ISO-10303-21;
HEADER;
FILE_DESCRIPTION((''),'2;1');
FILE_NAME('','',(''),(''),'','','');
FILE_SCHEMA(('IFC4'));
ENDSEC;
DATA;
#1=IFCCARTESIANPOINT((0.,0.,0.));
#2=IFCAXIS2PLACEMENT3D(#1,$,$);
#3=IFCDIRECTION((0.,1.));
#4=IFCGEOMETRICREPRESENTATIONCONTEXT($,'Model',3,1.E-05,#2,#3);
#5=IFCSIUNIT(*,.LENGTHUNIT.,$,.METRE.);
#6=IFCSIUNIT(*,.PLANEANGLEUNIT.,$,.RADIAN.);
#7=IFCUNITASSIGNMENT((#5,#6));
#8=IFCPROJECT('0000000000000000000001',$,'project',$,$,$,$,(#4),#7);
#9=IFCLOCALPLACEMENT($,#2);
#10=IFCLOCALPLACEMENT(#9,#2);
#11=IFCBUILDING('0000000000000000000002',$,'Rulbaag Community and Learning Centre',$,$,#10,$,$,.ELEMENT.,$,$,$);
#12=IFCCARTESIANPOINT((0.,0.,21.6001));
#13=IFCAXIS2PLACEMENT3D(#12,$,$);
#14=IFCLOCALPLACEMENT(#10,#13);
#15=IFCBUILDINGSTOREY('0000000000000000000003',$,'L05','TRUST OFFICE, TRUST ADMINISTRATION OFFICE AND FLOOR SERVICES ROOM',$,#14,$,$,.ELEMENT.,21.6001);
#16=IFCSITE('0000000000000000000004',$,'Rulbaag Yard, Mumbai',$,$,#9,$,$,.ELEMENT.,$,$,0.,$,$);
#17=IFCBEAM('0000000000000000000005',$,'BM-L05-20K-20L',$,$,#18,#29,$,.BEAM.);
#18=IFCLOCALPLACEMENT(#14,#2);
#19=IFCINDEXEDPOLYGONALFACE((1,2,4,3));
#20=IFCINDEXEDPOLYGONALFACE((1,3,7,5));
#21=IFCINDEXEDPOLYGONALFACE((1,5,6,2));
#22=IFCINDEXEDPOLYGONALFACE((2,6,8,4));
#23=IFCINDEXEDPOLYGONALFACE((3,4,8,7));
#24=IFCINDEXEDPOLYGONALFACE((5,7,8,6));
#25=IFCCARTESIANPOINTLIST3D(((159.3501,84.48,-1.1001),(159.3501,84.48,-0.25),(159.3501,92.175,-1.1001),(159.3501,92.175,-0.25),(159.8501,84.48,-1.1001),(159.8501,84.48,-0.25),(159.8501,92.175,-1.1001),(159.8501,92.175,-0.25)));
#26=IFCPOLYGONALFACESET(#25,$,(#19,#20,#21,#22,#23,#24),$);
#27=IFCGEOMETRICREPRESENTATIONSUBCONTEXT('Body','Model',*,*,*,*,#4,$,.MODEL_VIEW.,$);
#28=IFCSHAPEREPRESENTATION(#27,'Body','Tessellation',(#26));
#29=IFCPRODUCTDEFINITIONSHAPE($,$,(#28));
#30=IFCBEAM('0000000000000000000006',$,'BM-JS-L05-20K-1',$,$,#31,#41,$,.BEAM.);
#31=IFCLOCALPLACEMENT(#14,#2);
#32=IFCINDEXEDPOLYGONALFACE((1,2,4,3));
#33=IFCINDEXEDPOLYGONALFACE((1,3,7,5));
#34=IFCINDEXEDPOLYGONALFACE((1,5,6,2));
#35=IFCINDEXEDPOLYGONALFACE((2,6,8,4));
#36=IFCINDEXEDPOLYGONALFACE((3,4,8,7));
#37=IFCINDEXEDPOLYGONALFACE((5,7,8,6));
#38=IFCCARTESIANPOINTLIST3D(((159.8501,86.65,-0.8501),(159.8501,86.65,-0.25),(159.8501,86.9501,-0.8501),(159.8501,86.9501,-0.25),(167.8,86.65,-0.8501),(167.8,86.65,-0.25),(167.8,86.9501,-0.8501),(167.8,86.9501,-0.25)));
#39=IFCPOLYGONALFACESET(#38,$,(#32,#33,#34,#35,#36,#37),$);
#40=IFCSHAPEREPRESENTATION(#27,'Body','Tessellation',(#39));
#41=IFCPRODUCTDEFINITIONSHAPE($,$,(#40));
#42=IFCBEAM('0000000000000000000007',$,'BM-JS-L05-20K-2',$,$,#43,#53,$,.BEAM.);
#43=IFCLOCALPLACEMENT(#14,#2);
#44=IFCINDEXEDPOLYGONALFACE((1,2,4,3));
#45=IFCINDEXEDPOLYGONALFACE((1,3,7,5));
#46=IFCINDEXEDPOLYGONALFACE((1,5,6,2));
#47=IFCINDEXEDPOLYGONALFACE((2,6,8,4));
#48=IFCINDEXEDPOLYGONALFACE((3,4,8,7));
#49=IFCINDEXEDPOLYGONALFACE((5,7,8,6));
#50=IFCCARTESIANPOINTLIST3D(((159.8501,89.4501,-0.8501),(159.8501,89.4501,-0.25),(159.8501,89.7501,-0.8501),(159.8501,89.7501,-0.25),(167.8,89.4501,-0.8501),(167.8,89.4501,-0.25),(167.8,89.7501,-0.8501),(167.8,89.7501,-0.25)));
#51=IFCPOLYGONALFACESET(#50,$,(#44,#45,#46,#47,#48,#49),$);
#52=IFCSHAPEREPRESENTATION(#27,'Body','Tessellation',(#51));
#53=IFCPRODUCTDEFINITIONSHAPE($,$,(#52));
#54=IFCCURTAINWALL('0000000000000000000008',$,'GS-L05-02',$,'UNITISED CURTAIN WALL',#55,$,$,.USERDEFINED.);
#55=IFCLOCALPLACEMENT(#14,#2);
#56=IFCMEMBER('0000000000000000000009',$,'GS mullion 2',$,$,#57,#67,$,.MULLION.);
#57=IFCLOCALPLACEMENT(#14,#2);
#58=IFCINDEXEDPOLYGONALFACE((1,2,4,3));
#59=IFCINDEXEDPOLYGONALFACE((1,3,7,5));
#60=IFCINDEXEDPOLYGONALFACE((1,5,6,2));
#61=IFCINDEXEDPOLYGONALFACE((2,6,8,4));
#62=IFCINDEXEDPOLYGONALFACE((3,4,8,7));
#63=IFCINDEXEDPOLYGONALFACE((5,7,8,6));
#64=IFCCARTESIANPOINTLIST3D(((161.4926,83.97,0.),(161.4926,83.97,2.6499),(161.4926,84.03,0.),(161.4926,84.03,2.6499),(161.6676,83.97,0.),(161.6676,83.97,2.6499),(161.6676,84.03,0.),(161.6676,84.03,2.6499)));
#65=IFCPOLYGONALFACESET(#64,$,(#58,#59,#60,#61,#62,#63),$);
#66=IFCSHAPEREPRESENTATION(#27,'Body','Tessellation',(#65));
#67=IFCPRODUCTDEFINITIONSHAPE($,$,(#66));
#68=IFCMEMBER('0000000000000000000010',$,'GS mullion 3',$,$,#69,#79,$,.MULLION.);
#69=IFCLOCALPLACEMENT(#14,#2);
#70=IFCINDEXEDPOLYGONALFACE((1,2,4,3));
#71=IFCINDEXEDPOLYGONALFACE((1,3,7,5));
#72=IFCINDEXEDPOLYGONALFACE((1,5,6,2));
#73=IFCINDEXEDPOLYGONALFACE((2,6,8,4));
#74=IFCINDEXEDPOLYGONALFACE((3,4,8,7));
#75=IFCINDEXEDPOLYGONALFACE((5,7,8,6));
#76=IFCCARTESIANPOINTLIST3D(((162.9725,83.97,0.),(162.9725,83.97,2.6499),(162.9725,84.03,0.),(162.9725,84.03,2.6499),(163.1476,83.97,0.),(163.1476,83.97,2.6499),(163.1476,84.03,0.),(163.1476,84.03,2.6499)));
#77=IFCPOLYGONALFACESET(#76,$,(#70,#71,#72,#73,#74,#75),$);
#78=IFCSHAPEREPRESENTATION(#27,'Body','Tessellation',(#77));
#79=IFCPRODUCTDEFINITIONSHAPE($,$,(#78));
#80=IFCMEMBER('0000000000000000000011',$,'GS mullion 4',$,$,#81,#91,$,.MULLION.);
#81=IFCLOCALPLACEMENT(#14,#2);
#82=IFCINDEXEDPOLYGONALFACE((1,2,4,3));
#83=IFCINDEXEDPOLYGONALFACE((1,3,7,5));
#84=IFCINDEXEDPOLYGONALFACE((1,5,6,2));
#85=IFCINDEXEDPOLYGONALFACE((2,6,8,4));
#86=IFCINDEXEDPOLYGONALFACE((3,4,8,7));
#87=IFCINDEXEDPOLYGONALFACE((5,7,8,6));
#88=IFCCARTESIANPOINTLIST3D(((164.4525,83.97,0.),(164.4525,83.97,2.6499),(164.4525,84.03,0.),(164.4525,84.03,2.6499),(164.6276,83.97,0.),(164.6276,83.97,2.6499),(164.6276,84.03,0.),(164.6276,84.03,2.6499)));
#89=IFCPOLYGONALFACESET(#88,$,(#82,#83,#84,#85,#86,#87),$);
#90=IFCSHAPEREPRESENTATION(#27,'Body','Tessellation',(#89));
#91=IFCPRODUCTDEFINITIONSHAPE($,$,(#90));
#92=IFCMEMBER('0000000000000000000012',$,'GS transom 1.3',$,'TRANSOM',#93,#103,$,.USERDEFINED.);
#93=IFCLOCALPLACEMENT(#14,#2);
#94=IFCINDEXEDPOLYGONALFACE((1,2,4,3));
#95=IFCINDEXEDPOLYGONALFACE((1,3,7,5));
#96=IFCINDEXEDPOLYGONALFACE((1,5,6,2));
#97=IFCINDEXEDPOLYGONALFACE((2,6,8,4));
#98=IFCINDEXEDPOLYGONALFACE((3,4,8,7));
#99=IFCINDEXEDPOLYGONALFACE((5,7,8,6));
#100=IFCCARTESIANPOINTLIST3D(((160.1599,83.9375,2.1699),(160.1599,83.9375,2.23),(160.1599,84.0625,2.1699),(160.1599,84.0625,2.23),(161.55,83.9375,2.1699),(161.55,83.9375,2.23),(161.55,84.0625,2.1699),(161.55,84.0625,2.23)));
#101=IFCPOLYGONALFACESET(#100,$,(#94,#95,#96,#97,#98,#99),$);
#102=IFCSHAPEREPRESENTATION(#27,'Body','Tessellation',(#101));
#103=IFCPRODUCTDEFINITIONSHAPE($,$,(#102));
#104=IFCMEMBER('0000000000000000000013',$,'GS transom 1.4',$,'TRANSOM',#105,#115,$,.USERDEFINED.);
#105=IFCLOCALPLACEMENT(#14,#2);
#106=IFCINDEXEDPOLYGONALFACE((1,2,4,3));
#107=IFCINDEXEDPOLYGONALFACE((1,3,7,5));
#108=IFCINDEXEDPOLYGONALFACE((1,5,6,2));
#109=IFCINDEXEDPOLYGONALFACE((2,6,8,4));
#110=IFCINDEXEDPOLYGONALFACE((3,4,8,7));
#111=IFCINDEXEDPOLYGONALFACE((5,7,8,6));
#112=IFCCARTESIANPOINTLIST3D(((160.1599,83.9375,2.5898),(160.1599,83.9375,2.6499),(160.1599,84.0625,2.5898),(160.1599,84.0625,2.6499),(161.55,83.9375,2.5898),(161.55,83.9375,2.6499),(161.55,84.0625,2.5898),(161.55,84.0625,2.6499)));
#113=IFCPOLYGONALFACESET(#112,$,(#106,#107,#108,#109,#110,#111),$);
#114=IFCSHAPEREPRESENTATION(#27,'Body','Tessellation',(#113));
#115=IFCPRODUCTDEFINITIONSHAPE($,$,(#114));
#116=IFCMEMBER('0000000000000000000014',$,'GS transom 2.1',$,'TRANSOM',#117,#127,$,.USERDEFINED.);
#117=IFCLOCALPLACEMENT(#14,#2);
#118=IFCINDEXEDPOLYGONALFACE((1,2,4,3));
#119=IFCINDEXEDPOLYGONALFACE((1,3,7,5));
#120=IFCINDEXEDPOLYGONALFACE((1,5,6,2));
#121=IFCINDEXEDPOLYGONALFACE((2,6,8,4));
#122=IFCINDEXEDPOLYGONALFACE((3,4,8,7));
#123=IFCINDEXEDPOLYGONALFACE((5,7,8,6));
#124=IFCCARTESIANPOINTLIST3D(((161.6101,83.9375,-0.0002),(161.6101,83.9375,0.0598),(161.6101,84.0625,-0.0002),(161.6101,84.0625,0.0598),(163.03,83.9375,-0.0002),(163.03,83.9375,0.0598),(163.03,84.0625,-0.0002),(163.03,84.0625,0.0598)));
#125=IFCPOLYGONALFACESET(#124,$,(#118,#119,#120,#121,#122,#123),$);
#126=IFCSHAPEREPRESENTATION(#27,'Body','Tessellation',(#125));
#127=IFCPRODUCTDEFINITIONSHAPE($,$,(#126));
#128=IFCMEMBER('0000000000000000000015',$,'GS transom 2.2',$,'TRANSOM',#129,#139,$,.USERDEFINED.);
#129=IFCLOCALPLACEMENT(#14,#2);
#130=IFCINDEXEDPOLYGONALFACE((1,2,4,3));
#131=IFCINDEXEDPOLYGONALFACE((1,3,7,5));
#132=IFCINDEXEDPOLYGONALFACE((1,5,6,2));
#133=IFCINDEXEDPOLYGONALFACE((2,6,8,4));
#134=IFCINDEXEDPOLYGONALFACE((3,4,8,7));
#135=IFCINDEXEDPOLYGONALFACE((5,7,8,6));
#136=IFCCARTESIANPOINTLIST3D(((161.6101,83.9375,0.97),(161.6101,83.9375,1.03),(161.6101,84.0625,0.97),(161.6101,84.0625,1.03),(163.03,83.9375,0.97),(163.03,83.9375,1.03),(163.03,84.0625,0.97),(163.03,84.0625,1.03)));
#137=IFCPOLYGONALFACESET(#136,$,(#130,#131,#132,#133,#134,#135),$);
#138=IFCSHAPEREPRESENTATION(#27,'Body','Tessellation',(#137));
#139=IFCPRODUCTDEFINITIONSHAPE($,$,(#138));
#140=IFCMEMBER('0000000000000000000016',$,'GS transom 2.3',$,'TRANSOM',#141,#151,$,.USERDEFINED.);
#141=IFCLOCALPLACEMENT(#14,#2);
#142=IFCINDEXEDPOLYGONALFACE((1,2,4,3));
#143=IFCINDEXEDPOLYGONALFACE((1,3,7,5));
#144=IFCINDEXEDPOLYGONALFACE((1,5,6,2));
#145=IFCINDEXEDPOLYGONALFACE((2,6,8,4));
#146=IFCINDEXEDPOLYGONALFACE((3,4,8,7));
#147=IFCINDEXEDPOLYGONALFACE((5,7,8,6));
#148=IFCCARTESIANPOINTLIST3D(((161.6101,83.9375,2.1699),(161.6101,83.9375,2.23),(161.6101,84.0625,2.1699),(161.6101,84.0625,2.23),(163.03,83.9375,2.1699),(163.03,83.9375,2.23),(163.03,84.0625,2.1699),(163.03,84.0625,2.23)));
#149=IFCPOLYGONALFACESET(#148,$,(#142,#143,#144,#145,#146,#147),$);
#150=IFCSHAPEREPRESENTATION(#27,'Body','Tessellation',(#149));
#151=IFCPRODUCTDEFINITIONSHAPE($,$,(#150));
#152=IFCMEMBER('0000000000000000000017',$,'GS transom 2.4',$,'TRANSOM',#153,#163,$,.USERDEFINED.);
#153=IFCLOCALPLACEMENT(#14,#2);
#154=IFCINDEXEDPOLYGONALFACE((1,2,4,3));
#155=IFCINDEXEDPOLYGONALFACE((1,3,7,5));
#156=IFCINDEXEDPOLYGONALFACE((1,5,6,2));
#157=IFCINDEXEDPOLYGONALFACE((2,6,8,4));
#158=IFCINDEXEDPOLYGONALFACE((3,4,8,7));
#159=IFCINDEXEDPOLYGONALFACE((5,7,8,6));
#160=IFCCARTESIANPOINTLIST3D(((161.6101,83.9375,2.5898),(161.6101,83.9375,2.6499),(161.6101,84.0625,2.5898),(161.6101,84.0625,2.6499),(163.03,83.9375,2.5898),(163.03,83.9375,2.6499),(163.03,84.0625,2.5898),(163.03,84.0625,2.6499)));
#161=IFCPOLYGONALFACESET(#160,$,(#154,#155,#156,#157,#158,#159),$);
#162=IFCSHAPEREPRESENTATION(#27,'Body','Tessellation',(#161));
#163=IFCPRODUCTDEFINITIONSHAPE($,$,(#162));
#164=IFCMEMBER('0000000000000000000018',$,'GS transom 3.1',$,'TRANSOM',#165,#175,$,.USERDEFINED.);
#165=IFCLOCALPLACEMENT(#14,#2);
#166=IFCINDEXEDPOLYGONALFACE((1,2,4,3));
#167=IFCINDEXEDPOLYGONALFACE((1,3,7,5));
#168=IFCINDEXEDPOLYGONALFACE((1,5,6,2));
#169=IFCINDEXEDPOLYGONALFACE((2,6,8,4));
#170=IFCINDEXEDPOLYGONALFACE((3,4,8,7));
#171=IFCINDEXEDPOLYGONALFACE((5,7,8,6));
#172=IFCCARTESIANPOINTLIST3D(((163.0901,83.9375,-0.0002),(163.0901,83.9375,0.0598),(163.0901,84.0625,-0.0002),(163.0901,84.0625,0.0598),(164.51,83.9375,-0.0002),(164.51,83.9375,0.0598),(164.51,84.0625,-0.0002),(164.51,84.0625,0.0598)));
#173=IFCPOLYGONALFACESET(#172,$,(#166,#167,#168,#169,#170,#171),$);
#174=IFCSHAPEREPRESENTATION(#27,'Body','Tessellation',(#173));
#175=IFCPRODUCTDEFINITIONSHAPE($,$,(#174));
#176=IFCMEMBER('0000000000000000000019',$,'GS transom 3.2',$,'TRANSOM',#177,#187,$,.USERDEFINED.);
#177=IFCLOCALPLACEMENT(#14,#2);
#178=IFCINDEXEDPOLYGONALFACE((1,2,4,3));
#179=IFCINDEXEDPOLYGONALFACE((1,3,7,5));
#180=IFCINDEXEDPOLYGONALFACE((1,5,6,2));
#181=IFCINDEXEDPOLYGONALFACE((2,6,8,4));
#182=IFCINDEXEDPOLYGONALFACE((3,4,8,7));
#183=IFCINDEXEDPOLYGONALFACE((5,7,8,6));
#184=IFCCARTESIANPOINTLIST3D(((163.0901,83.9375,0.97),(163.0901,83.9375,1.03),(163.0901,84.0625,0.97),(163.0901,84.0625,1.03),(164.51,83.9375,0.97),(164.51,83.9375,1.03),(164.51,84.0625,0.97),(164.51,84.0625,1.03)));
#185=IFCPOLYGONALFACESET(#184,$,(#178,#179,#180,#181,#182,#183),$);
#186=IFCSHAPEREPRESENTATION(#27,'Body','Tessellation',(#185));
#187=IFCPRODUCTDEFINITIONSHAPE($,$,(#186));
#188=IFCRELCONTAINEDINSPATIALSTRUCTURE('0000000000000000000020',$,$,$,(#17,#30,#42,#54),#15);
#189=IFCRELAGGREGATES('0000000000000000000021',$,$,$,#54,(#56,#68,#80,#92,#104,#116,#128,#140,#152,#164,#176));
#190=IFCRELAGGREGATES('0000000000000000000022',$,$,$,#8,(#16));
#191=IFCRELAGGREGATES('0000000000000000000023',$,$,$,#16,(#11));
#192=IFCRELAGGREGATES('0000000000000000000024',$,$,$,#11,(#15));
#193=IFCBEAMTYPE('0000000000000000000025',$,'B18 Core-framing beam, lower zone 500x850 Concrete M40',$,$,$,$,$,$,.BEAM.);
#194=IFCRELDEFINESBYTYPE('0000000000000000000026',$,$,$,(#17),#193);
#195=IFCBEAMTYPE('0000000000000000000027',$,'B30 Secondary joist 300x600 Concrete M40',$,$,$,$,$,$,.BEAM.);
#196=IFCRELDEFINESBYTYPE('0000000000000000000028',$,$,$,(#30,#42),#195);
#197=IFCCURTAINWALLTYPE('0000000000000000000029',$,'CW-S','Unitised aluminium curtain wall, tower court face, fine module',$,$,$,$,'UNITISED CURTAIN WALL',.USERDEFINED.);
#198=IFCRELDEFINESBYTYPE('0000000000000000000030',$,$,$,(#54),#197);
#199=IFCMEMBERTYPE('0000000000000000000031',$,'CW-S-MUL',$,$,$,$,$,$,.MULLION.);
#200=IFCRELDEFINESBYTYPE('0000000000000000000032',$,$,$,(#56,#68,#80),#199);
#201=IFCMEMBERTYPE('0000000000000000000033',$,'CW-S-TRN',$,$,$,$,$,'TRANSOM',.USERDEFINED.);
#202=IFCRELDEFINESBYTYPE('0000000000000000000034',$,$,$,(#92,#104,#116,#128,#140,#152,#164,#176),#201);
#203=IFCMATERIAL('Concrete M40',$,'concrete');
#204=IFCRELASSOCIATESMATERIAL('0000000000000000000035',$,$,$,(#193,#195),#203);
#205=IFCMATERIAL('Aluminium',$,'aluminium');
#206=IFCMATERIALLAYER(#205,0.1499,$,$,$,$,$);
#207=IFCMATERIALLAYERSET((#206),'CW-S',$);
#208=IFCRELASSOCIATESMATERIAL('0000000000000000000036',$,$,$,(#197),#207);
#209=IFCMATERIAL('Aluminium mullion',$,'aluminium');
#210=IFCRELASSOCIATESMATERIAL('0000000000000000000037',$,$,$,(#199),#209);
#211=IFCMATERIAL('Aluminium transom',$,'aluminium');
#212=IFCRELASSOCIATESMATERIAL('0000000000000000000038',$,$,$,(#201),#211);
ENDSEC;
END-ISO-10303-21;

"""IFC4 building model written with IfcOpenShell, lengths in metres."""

from ifc_helpers import new_model, si_unit, direction, frame, origin, origin_2d, place, context, subcontext, project, spatial, rectangle, extrude, material, layer, layer_set, material_profile, profile_set, type_object, element, aggregate, save


model = new_model("IFC4")

# Units and contexts
model_context = context("Model", 3, precision=1e-05, world=origin(), true_north=direction((0.0, 1.0)))
body_context = subcontext(model_context, "Body", "Model", "MODEL_VIEW")
ifc_project = project(units=[si_unit("LENGTHUNIT", "METRE"), si_unit("PLANEANGLEUNIT", "RADIAN")], contexts=[model_context])

# Site, building, storey
site_placement = place(None, origin())
site = spatial("IfcSite", under=ifc_project, at=site_placement, Name="Rulbaag Yard, Mumbai", CompositionType="ELEMENT", RefElevation=0.0)
building_placement = place(site_placement, origin())
building = spatial("IfcBuilding", under=site, at=building_placement, Name="Rulbaag Community and Learning Centre", CompositionType="ELEMENT")
storey_placement = place(building_placement, frame((0.0, 0.0, 21.6001)))
storey = spatial("IfcBuildingStorey", under=building, at=storey_placement, Name="L05", Description="TRUST OFFICE, TRUST ADMINISTRATION OFFICE AND FLOOR SERVICES ROOM", CompositionType="ELEMENT", Elevation=21.6001)

# Beams
ifc_material_1 = material(Name="Concrete M40", Category="concrete")
ifc_material_profile_1 = material_profile(ifc_material_1, rectangle(XDim=0.5, YDim=0.8501, at=origin_2d()), Name="RB500x850")
ifc_profile_set_1 = profile_set([ifc_material_profile_1], Name="Concrete M40")
beam_type_1 = type_object("IfcBeamType", Name="B18 Core-framing beam, lower zone 500x850 Concrete M40", PredefinedType="BEAM", material=ifc_profile_set_1)
beam_placement = place(storey_placement, frame((159.6001, 84.48, -0.675), z_axis=(0.0, 1.0, 0.0), x_axis=(-1.0, 0.0, 0.0)))
element("IfcBeam", 1, at=beam_placement, inside=storey, type_object=beam_type_1, Name="BM-L05-20K-20L", PredefinedType="BEAM", context=body_context, shape_type="SweptSolid", body=[
    extrude(rectangle(XDim=0.5, YDim=0.8501, at=origin_2d()), origin(), (0.0, 0.0, 1.0), 7.6951),
])
ifc_material_profile_2 = material_profile(ifc_material_1, rectangle(XDim=0.3, YDim=0.6001, at=origin_2d()), Name="RB300x600")
ifc_profile_set_2 = profile_set([ifc_material_profile_2], Name="Concrete M40")
beam_type_2 = type_object("IfcBeamType", Name="B30 Secondary joist 300x600 Concrete M40", PredefinedType="BEAM", material=ifc_profile_set_2)
for number, where, z_axis, x_axis, name in (
    (2, (159.8501, 86.8, -0.55), (1.0, 0.0, 0.0), (0.0, 1.0, 0.0), "BM-JS-L05-20K-1"),
    (3, (159.8501, 89.6001, -0.55), (1.0, 0.0, 0.0), (0.0, 1.0, 0.0), "BM-JS-L05-20K-2"),
):
    element("IfcBeam", number, at=place(storey_placement, frame(where, z_axis=z_axis, x_axis=x_axis)), inside=storey, type_object=beam_type_2, Name=name, PredefinedType="BEAM", context=body_context, shape_type="SweptSolid", body=[
        extrude(rectangle(XDim=0.3, YDim=0.6001, at=origin_2d()), origin(), (0.0, 0.0, 1.0), 7.95),
    ])

# Curtain wall, members
ifc_material_2 = material(Name="Aluminium", Category="aluminium")
ifc_layer_1 = layer(ifc_material_2, 0.1499)
ifc_layer_set_1 = layer_set([ifc_layer_1], Name="CW-S")
curtain_wall_type = type_object("IfcCurtainWallType", Name="CW-S", Description="Unitised aluminium curtain wall, tower court face, fine module", ElementType="UNITISED CURTAIN WALL", PredefinedType="USERDEFINED", material=ifc_layer_set_1)
curtain_wall_placement = place(storey_placement, origin())
curtain_wall = element("IfcCurtainWall", 4, at=curtain_wall_placement, inside=storey, type_object=curtain_wall_type, Name="GS-L05-02", ObjectType="UNITISED CURTAIN WALL", PredefinedType="USERDEFINED")
ifc_material_3 = material(Name="Aluminium mullion", Category="aluminium")
ifc_material_profile_3 = material_profile(ifc_material_3, rectangle(XDim=0.0601, YDim=0.175, at=origin_2d()), Name="AL 60x175")
ifc_profile_set_3 = profile_set([ifc_material_profile_3], Name="Aluminium mullion")
member_type_1 = type_object("IfcMemberType", Name="CW-S-MUL", PredefinedType="MULLION", material=ifc_profile_set_3)
member_1_placement = place(storey_placement, frame((161.5801, 84.0, 0.0), z_axis=(0.0, 0.0, 1.0), x_axis=(0.0, 1.0, 0.0)))
member_1 = element("IfcMember", 5, at=member_1_placement, type_object=member_type_1, Name="GS mullion 2", PredefinedType="MULLION", context=body_context, shape_type="SweptSolid", body=[
    extrude(rectangle(XDim=0.0601, YDim=0.175, at=origin_2d()), origin(), (0.0, 0.0, 1.0), 2.6499),
])
member_2_placement = place(storey_placement, frame((163.0601, 84.0, 0.0), z_axis=(0.0, 0.0, 1.0), x_axis=(0.0, 1.0, 0.0)))
member_2 = element("IfcMember", 6, at=member_2_placement, type_object=member_type_1, Name="GS mullion 3", PredefinedType="MULLION", context=body_context, shape_type="SweptSolid", body=[
    extrude(rectangle(XDim=0.0601, YDim=0.175, at=origin_2d()), origin(), (0.0, 0.0, 1.0), 2.6499),
])
member_3_placement = place(storey_placement, frame((164.54, 84.0, 0.0), z_axis=(0.0, 0.0, 1.0), x_axis=(0.0, 1.0, 0.0)))
member_3 = element("IfcMember", 7, at=member_3_placement, type_object=member_type_1, Name="GS mullion 4", PredefinedType="MULLION", context=body_context, shape_type="SweptSolid", body=[
    extrude(rectangle(XDim=0.0601, YDim=0.175, at=origin_2d()), origin(), (0.0, 0.0, 1.0), 2.6499),
])
ifc_material_4 = material(Name="Aluminium transom", Category="aluminium")
ifc_material_profile_4 = material_profile(ifc_material_4, rectangle(XDim=0.125, YDim=0.0601, at=origin_2d()), Name="AL 60x125 T")
ifc_profile_set_4 = profile_set([ifc_material_profile_4], Name="Aluminium transom")
member_type_2 = type_object("IfcMemberType", Name="CW-S-TRN", ElementType="TRANSOM", PredefinedType="USERDEFINED", material=ifc_profile_set_4)
member_4_placement = place(storey_placement, frame((160.1599, 84.0, 2.2), z_axis=(1.0, 0.0, 0.0), x_axis=(0.0, 1.0, 0.0)))
member_4 = element("IfcMember", 8, at=member_4_placement, type_object=member_type_2, Name="GS transom 1.3", ObjectType="TRANSOM", PredefinedType="USERDEFINED", context=body_context, shape_type="SweptSolid", body=[
    extrude(rectangle(XDim=0.125, YDim=0.0601, at=origin_2d()), origin(), (0.0, 0.0, 1.0), 1.3901),
])
member_5_placement = place(storey_placement, frame((160.1599, 84.0, 2.6199), z_axis=(1.0, 0.0, 0.0), x_axis=(0.0, 1.0, 0.0)))
member_5 = element("IfcMember", 9, at=member_5_placement, type_object=member_type_2, Name="GS transom 1.4", ObjectType="TRANSOM", PredefinedType="USERDEFINED", context=body_context, shape_type="SweptSolid", body=[
    extrude(rectangle(XDim=0.125, YDim=0.0601, at=origin_2d()), origin(), (0.0, 0.0, 1.0), 1.3901),
])
member_6_placement = place(storey_placement, frame((161.6101, 84.0, 0.0298), z_axis=(1.0, 0.0, 0.0), x_axis=(0.0, 1.0, 0.0)))
member_6 = element("IfcMember", 10, at=member_6_placement, type_object=member_type_2, Name="GS transom 2.1", ObjectType="TRANSOM", PredefinedType="USERDEFINED", context=body_context, shape_type="SweptSolid", body=[
    extrude(rectangle(XDim=0.125, YDim=0.0601, at=origin_2d()), origin(), (0.0, 0.0, 1.0), 1.4199),
])
member_7_placement = place(storey_placement, frame((161.6101, 84.0, 1.0), z_axis=(1.0, 0.0, 0.0), x_axis=(0.0, 1.0, 0.0)))
member_7 = element("IfcMember", 11, at=member_7_placement, type_object=member_type_2, Name="GS transom 2.2", ObjectType="TRANSOM", PredefinedType="USERDEFINED", context=body_context, shape_type="SweptSolid", body=[
    extrude(rectangle(XDim=0.125, YDim=0.0601, at=origin_2d()), origin(), (0.0, 0.0, 1.0), 1.4199),
])
member_8_placement = place(storey_placement, frame((161.6101, 84.0, 2.2), z_axis=(1.0, 0.0, 0.0), x_axis=(0.0, 1.0, 0.0)))
member_8 = element("IfcMember", 12, at=member_8_placement, type_object=member_type_2, Name="GS transom 2.3", ObjectType="TRANSOM", PredefinedType="USERDEFINED", context=body_context, shape_type="SweptSolid", body=[
    extrude(rectangle(XDim=0.125, YDim=0.0601, at=origin_2d()), origin(), (0.0, 0.0, 1.0), 1.4199),
])
member_9_placement = place(storey_placement, frame((161.6101, 84.0, 2.6199), z_axis=(1.0, 0.0, 0.0), x_axis=(0.0, 1.0, 0.0)))
member_9 = element("IfcMember", 13, at=member_9_placement, type_object=member_type_2, Name="GS transom 2.4", ObjectType="TRANSOM", PredefinedType="USERDEFINED", context=body_context, shape_type="SweptSolid", body=[
    extrude(rectangle(XDim=0.125, YDim=0.0601, at=origin_2d()), origin(), (0.0, 0.0, 1.0), 1.4199),
])
member_10_placement = place(storey_placement, frame((163.0901, 84.0, 0.0298), z_axis=(1.0, 0.0, 0.0), x_axis=(0.0, 1.0, 0.0)))
member_10 = element("IfcMember", 14, at=member_10_placement, type_object=member_type_2, Name="GS transom 3.1", ObjectType="TRANSOM", PredefinedType="USERDEFINED", context=body_context, shape_type="SweptSolid", body=[
    extrude(rectangle(XDim=0.125, YDim=0.0601, at=origin_2d()), origin(), (0.0, 0.0, 1.0), 1.4199),
])
member_11_placement = place(storey_placement, frame((163.0901, 84.0, 1.0), z_axis=(1.0, 0.0, 0.0), x_axis=(0.0, 1.0, 0.0)))
member_11 = element("IfcMember", 15, at=member_11_placement, type_object=member_type_2, Name="GS transom 3.2", ObjectType="TRANSOM", PredefinedType="USERDEFINED", context=body_context, shape_type="SweptSolid", body=[
    extrude(rectangle(XDim=0.125, YDim=0.0601, at=origin_2d()), origin(), (0.0, 0.0, 1.0), 1.4199),
])
aggregate(curtain_wall, [member_1, member_2, member_3, member_4, member_5, member_6, member_7, member_8, member_9, member_10, member_11])

save(model, "model.ifc")
